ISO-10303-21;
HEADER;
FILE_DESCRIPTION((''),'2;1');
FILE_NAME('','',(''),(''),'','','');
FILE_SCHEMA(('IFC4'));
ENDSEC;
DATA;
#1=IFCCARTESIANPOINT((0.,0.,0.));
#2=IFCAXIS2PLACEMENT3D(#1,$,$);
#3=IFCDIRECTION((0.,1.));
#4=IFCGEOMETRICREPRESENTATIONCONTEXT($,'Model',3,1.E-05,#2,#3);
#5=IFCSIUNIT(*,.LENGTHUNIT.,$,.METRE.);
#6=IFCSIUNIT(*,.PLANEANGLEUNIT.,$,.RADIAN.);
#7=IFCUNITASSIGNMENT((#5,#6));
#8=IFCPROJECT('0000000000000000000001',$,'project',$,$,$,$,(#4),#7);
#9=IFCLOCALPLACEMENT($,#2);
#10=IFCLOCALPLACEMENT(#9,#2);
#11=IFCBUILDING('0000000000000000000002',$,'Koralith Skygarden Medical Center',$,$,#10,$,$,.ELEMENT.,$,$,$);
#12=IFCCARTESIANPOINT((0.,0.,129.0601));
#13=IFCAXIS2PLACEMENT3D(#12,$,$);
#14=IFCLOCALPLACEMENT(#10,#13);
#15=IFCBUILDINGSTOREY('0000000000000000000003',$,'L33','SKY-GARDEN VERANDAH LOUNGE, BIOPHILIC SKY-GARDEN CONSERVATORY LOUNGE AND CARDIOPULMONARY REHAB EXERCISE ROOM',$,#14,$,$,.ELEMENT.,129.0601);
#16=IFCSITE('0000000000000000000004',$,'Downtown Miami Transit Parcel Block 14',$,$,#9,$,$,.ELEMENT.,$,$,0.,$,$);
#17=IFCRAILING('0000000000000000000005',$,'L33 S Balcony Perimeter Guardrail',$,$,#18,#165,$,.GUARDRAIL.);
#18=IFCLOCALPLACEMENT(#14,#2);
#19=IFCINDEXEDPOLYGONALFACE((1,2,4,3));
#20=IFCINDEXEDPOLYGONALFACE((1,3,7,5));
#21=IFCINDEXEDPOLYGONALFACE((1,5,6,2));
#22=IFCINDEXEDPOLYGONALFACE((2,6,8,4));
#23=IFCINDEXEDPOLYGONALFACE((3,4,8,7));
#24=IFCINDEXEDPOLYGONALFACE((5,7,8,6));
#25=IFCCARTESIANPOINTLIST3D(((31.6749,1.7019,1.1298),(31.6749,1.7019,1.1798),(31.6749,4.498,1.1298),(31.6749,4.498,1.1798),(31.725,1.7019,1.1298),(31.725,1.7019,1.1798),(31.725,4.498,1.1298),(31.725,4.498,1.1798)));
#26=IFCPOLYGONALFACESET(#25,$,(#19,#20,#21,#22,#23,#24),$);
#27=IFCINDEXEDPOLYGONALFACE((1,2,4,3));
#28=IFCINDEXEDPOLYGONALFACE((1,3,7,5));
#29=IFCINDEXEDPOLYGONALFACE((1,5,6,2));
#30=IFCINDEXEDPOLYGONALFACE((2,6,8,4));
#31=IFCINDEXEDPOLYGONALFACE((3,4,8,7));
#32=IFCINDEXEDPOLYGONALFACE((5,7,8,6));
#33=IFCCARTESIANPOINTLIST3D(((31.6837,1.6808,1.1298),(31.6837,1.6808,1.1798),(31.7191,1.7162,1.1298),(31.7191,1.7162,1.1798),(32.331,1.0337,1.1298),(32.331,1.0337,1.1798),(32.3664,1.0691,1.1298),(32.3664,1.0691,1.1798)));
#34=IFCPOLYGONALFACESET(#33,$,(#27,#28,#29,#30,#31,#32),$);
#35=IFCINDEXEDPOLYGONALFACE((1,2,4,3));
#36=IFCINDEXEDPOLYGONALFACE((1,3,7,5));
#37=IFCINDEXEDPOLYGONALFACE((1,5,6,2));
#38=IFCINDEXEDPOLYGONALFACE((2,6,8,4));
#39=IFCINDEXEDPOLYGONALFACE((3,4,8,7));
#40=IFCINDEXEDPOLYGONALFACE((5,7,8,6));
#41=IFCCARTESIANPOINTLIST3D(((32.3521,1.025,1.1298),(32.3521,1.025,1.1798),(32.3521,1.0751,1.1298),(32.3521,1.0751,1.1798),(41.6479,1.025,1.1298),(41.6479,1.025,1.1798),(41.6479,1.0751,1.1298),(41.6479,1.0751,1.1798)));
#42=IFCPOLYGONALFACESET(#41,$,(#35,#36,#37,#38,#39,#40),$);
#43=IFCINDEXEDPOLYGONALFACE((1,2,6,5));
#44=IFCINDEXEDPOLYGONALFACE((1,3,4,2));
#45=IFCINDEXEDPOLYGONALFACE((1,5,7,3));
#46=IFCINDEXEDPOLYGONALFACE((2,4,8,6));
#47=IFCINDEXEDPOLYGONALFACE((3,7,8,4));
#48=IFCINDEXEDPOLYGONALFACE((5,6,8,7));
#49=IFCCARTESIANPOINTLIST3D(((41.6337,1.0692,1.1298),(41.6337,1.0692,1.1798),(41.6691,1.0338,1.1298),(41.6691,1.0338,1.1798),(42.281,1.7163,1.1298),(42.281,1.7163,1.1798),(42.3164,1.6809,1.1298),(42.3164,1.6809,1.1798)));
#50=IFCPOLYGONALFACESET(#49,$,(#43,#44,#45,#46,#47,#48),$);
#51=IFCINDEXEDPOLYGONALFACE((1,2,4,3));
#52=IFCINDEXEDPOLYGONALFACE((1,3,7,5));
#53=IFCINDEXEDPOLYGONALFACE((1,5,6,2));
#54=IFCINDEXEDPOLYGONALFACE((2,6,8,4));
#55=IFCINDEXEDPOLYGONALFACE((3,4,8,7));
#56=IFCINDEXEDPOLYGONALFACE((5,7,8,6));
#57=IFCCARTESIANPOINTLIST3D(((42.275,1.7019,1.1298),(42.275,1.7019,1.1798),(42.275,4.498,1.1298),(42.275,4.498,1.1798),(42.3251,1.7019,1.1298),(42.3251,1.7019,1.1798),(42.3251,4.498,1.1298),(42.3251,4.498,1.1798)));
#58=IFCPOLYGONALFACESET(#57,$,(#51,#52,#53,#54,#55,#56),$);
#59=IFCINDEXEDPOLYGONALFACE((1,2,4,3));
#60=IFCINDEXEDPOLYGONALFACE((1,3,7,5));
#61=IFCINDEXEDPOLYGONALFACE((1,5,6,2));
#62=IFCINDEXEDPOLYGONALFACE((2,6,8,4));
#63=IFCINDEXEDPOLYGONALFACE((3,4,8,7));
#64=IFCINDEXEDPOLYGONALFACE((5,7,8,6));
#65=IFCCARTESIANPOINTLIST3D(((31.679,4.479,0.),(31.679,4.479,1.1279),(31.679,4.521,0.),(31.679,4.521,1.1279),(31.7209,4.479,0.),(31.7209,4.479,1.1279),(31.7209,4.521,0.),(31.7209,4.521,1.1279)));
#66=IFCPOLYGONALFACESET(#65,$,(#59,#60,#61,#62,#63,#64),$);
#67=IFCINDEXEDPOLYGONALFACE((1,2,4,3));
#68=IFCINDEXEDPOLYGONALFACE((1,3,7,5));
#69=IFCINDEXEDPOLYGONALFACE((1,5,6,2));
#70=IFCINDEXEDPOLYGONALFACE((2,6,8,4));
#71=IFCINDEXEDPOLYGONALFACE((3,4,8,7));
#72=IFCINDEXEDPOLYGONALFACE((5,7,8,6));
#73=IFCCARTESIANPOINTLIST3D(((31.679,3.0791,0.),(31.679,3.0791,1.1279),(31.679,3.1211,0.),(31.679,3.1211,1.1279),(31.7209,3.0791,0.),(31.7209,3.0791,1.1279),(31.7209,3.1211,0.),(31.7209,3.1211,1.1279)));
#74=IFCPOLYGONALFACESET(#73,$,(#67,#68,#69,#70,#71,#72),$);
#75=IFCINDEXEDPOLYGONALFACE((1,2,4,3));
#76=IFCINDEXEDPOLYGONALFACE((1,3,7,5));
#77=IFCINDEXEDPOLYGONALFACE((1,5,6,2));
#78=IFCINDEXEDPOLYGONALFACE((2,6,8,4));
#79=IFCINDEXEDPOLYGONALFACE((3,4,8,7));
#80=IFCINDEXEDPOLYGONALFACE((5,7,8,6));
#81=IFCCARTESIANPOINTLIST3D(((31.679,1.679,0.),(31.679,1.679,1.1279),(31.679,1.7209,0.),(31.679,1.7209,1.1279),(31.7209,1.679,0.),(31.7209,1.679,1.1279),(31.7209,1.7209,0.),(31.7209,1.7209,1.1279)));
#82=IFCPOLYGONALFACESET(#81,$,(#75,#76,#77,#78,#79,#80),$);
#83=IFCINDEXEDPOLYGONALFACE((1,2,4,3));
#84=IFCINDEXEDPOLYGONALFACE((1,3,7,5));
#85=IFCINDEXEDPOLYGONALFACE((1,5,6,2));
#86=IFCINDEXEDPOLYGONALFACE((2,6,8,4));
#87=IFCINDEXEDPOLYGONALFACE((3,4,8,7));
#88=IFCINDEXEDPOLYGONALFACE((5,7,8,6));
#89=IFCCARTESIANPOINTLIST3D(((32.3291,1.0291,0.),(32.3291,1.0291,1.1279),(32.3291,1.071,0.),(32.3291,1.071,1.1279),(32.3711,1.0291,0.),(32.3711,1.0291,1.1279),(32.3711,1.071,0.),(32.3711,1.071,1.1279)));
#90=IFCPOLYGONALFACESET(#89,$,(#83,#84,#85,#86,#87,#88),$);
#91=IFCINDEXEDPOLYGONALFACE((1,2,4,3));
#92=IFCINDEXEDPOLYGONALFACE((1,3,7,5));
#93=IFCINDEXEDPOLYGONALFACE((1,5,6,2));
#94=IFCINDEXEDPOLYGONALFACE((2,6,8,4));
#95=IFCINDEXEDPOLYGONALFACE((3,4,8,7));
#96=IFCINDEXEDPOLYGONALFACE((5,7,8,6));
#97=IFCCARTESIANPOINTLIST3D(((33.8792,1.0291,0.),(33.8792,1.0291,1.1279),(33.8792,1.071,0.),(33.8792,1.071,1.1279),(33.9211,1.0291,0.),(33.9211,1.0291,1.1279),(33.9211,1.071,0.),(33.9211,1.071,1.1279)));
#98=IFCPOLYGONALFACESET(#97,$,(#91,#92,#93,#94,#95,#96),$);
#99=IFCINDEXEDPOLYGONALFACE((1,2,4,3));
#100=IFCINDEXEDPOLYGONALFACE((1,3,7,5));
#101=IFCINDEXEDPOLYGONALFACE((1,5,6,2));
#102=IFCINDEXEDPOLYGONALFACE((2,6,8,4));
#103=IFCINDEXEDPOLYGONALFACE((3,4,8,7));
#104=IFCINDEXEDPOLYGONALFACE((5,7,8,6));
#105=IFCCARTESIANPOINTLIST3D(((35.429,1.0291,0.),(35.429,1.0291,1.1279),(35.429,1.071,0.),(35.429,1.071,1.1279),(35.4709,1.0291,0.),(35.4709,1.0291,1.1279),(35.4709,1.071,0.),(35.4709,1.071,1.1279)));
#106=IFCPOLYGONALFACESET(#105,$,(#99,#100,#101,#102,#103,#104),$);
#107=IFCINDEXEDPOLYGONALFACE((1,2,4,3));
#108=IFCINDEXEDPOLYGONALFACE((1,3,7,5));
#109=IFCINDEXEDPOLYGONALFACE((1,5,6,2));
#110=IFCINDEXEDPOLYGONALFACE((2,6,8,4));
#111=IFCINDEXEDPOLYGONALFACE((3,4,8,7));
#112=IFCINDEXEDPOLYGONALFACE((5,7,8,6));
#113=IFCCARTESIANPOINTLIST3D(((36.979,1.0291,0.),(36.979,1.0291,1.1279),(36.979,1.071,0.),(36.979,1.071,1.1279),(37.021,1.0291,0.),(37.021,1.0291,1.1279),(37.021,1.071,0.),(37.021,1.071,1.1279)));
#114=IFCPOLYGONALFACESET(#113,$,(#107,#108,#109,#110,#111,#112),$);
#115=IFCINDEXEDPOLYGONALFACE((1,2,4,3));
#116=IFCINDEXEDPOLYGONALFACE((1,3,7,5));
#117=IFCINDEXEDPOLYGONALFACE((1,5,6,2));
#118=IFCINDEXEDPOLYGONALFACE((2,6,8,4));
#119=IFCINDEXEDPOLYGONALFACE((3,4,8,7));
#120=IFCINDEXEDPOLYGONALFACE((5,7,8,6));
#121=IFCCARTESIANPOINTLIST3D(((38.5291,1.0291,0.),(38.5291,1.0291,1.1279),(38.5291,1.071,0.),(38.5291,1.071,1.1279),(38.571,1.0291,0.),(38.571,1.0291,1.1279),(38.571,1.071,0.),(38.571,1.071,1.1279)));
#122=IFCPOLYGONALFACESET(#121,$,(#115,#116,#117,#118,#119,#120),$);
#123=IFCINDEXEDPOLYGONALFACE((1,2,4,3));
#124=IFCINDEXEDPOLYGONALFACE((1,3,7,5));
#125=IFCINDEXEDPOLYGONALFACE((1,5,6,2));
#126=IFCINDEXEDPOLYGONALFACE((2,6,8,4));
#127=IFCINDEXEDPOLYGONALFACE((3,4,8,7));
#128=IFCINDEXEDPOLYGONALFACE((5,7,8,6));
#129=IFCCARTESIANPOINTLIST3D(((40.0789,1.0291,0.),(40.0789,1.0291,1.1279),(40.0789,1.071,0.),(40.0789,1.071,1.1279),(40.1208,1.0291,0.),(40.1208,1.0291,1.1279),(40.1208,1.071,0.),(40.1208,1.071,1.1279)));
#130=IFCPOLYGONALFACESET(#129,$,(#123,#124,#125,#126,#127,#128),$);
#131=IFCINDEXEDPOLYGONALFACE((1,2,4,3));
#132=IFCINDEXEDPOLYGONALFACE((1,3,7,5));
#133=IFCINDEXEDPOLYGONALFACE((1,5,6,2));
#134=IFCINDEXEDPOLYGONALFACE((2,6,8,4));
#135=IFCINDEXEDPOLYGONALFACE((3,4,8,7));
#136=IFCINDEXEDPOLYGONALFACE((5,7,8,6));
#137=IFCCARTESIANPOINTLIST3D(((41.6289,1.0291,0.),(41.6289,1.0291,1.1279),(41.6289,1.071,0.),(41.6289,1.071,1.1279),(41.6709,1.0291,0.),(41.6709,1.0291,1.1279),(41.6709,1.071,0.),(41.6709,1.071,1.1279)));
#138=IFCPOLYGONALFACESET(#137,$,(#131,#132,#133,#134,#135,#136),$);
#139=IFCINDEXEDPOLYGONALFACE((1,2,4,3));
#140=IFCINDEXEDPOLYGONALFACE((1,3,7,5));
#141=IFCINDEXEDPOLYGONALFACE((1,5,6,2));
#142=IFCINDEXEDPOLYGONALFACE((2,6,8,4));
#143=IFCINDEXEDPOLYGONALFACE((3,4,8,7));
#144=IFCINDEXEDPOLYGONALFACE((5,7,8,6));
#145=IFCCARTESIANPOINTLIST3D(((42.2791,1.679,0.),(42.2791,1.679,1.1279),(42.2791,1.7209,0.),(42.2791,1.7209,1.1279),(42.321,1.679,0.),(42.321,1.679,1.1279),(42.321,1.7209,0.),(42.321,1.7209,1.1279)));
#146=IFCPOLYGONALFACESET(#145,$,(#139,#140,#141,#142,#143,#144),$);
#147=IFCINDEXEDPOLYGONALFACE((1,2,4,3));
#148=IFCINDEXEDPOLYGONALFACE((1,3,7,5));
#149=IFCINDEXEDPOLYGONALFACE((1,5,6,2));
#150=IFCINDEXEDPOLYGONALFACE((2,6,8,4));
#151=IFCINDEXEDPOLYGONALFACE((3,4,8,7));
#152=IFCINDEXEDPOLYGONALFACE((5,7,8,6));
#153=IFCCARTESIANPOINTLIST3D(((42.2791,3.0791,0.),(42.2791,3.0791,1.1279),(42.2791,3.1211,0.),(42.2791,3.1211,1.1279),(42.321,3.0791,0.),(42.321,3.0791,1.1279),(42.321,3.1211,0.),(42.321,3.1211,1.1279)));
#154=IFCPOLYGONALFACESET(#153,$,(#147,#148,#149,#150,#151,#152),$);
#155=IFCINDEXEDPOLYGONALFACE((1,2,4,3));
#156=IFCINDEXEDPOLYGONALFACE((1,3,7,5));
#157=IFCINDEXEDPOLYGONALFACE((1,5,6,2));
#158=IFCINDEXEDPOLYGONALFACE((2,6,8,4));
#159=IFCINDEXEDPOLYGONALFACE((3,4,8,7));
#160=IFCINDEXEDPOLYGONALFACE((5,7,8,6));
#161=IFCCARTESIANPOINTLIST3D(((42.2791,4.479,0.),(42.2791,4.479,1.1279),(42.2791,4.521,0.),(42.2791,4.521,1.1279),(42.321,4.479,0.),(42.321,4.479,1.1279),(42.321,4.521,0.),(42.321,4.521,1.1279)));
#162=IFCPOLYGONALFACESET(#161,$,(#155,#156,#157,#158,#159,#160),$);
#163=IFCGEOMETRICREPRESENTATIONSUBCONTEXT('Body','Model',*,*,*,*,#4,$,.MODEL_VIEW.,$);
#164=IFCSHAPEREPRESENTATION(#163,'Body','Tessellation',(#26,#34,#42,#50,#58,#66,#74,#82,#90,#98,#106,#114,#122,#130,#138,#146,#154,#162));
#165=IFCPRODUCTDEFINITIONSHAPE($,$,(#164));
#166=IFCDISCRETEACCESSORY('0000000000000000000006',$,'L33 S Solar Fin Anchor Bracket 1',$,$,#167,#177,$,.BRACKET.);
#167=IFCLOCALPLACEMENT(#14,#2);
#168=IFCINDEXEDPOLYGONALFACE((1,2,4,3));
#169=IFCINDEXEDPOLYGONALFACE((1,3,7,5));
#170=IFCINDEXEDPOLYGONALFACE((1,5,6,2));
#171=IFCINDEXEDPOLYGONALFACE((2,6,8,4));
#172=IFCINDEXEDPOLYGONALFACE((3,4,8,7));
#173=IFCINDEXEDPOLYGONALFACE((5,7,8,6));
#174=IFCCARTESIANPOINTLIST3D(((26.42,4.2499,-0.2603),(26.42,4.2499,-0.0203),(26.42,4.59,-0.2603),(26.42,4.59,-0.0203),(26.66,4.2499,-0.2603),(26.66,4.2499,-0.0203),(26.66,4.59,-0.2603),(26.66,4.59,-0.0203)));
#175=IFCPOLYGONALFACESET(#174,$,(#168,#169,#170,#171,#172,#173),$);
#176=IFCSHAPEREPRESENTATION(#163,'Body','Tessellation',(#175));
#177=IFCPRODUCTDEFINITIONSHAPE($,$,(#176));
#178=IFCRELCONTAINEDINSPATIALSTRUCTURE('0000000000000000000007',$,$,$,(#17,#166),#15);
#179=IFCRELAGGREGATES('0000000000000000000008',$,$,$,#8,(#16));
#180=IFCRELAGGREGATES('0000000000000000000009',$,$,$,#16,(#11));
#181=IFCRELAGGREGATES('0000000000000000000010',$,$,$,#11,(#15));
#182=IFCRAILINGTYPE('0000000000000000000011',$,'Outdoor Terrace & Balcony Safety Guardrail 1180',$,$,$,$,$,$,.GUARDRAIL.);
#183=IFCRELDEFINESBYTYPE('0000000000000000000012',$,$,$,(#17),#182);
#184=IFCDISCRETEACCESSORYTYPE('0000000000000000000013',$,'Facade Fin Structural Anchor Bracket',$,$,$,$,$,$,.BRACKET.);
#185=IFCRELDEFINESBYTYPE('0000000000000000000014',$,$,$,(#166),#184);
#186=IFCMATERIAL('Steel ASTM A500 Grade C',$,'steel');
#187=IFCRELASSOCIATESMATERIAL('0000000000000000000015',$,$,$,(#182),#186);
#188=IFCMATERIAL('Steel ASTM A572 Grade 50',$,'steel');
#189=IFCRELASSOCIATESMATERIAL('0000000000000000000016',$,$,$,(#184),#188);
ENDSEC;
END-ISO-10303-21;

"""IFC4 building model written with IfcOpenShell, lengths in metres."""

from ifc_helpers import new_model, si_unit, direction, frame, origin, origin_2d, place, context, subcontext, project, spatial, rectangle, extrude, material, type_object, element, save


model = new_model("IFC4")

# Units and contexts
model_context = context("Model", 3, precision=1e-05, world=origin(), true_north=direction((0.0, 1.0)))
body_context = subcontext(model_context, "Body", "Model", "MODEL_VIEW")
ifc_project = project(units=[si_unit("LENGTHUNIT", "METRE"), si_unit("PLANEANGLEUNIT", "RADIAN")], contexts=[model_context])

# Site, building, storey
site_placement = place(None, origin())
site = spatial("IfcSite", under=ifc_project, at=site_placement, Name="Downtown Miami Transit Parcel Block 14", CompositionType="ELEMENT", RefElevation=0.0)
building_placement = place(site_placement, origin())
building = spatial("IfcBuilding", under=site, at=building_placement, Name="Koralith Skygarden Medical Center", CompositionType="ELEMENT")
storey_placement = place(building_placement, frame((0.0, 0.0, 129.0601)))
storey = spatial("IfcBuildingStorey", under=building, at=storey_placement, Name="L33", Description="SKY-GARDEN VERANDAH LOUNGE, BIOPHILIC SKY-GARDEN CONSERVATORY LOUNGE AND CARDIOPULMONARY REHAB EXERCISE ROOM", CompositionType="ELEMENT", Elevation=129.0601)

# Railing
ifc_material_1 = material(Name="Steel ASTM A500 Grade C", Category="steel")
railing_type = type_object("IfcRailingType", Name="Outdoor Terrace & Balcony Safety Guardrail 1180", PredefinedType="GUARDRAIL", material=ifc_material_1)
railing_placement = place(storey_placement, frame((31.7, 4.5, 0.0)))
element("IfcRailing", 1, at=railing_placement, inside=storey, type_object=railing_type, Name="L33 S Balcony Perimeter Guardrail", PredefinedType="GUARDRAIL", context=body_context, shape_type="SweptSolid", body=[
    extrude(rectangle(XDim=0.05, YDim=0.05, at=origin_2d()), frame((0.0, -0.002, 1.1548), z_axis=(0.0, -1.0, 0.0), x_axis=(1.0, 0.0, 0.0)), (0.0, 0.0, 1.0), 2.7961),
    extrude(rectangle(XDim=0.05, YDim=0.05, at=origin_2d()), frame((0.0015, -2.8015, 1.1548), z_axis=(0.70724, -0.706974, 0.0), x_axis=(0.706974, 0.70724, 0.0)), (0.0, 0.0, 1.0), 0.9153),
    extrude(rectangle(XDim=0.05, YDim=0.05, at=origin_2d()), frame((0.6521, -3.45, 1.1548), z_axis=(1.0, 0.0, 0.0), x_axis=(0.0, 1.0, 0.0)), (0.0, 0.0, 1.0), 9.2959),
    extrude(rectangle(XDim=0.05, YDim=0.05, at=origin_2d()), frame((9.9514, -3.4485, 1.1548), z_axis=(0.70724, 0.706974, 0.0), x_axis=(-0.706974, 0.70724, 0.0)), (0.0, 0.0, 1.0), 0.9153),
    extrude(rectangle(XDim=0.05, YDim=0.05, at=origin_2d()), frame((10.6001, -2.7981, 1.1548), z_axis=(0.0, 1.0, 0.0), x_axis=(-1.0, 0.0, 0.0)), (0.0, 0.0, 1.0), 2.7961),
    extrude(rectangle(XDim=0.042, YDim=0.042, at=origin_2d()), origin(), (0.0, 0.0, 1.0), 1.1279),
    extrude(rectangle(XDim=0.042, YDim=0.042, at=origin_2d()), frame((0.0, -1.3999, 0.0)), (0.0, 0.0, 1.0), 1.1279),
    extrude(rectangle(XDim=0.042, YDim=0.042, at=origin_2d()), frame((0.0, -2.8, 0.0)), (0.0, 0.0, 1.0), 1.1279),
    extrude(rectangle(XDim=0.042, YDim=0.042, at=origin_2d()), frame((0.6501, -3.45, 0.0)), (0.0, 0.0, 1.0), 1.1279),
    extrude(rectangle(XDim=0.042, YDim=0.042, at=origin_2d()), frame((2.2002, -3.45, 0.0)), (0.0, 0.0, 1.0), 1.1279),
    extrude(rectangle(XDim=0.042, YDim=0.042, at=origin_2d()), frame((3.75, -3.45, 0.0)), (0.0, 0.0, 1.0), 1.1279),
    extrude(rectangle(XDim=0.042, YDim=0.042, at=origin_2d()), frame((5.3, -3.45, 0.0)), (0.0, 0.0, 1.0), 1.1279),
    extrude(rectangle(XDim=0.042, YDim=0.042, at=origin_2d()), frame((6.8501, -3.45, 0.0)), (0.0, 0.0, 1.0), 1.1279),
    extrude(rectangle(XDim=0.042, YDim=0.042, at=origin_2d()), frame((8.3999, -3.45, 0.0)), (0.0, 0.0, 1.0), 1.1279),
    extrude(rectangle(XDim=0.042, YDim=0.042, at=origin_2d()), frame((9.95, -3.45, 0.0)), (0.0, 0.0, 1.0), 1.1279),
    extrude(rectangle(XDim=0.042, YDim=0.042, at=origin_2d()), frame((10.6001, -2.8, 0.0)), (0.0, 0.0, 1.0), 1.1279),
    extrude(rectangle(XDim=0.042, YDim=0.042, at=origin_2d()), frame((10.6001, -1.3999, 0.0)), (0.0, 0.0, 1.0), 1.1279),
    extrude(rectangle(XDim=0.042, YDim=0.042, at=origin_2d()), frame((10.6001, 0.0, 0.0)), (0.0, 0.0, 1.0), 1.1279),
])

# Discrete accessory
ifc_material_2 = material(Name="Steel ASTM A572 Grade 50", Category="steel")
discrete_accessory_type = type_object("IfcDiscreteAccessoryType", Name="Facade Fin Structural Anchor Bracket", PredefinedType="BRACKET", material=ifc_material_2)
discrete_accessory_placement = place(storey_placement, frame((26.54, 4.4199, -0.2603), z_axis=(0.0, 0.0, 1.0), x_axis=(0.0, -1.0, 0.0)))
element("IfcDiscreteAccessory", 2, at=discrete_accessory_placement, inside=storey, type_object=discrete_accessory_type, Name="L33 S Solar Fin Anchor Bracket 1", PredefinedType="BRACKET", context=body_context, shape_type="SweptSolid", body=[
    extrude(rectangle(XDim=0.3401, YDim=0.24, at=origin_2d()), origin(), (0.0, 0.0, 1.0), 0.24),
])

save(model, "model.ifc")
